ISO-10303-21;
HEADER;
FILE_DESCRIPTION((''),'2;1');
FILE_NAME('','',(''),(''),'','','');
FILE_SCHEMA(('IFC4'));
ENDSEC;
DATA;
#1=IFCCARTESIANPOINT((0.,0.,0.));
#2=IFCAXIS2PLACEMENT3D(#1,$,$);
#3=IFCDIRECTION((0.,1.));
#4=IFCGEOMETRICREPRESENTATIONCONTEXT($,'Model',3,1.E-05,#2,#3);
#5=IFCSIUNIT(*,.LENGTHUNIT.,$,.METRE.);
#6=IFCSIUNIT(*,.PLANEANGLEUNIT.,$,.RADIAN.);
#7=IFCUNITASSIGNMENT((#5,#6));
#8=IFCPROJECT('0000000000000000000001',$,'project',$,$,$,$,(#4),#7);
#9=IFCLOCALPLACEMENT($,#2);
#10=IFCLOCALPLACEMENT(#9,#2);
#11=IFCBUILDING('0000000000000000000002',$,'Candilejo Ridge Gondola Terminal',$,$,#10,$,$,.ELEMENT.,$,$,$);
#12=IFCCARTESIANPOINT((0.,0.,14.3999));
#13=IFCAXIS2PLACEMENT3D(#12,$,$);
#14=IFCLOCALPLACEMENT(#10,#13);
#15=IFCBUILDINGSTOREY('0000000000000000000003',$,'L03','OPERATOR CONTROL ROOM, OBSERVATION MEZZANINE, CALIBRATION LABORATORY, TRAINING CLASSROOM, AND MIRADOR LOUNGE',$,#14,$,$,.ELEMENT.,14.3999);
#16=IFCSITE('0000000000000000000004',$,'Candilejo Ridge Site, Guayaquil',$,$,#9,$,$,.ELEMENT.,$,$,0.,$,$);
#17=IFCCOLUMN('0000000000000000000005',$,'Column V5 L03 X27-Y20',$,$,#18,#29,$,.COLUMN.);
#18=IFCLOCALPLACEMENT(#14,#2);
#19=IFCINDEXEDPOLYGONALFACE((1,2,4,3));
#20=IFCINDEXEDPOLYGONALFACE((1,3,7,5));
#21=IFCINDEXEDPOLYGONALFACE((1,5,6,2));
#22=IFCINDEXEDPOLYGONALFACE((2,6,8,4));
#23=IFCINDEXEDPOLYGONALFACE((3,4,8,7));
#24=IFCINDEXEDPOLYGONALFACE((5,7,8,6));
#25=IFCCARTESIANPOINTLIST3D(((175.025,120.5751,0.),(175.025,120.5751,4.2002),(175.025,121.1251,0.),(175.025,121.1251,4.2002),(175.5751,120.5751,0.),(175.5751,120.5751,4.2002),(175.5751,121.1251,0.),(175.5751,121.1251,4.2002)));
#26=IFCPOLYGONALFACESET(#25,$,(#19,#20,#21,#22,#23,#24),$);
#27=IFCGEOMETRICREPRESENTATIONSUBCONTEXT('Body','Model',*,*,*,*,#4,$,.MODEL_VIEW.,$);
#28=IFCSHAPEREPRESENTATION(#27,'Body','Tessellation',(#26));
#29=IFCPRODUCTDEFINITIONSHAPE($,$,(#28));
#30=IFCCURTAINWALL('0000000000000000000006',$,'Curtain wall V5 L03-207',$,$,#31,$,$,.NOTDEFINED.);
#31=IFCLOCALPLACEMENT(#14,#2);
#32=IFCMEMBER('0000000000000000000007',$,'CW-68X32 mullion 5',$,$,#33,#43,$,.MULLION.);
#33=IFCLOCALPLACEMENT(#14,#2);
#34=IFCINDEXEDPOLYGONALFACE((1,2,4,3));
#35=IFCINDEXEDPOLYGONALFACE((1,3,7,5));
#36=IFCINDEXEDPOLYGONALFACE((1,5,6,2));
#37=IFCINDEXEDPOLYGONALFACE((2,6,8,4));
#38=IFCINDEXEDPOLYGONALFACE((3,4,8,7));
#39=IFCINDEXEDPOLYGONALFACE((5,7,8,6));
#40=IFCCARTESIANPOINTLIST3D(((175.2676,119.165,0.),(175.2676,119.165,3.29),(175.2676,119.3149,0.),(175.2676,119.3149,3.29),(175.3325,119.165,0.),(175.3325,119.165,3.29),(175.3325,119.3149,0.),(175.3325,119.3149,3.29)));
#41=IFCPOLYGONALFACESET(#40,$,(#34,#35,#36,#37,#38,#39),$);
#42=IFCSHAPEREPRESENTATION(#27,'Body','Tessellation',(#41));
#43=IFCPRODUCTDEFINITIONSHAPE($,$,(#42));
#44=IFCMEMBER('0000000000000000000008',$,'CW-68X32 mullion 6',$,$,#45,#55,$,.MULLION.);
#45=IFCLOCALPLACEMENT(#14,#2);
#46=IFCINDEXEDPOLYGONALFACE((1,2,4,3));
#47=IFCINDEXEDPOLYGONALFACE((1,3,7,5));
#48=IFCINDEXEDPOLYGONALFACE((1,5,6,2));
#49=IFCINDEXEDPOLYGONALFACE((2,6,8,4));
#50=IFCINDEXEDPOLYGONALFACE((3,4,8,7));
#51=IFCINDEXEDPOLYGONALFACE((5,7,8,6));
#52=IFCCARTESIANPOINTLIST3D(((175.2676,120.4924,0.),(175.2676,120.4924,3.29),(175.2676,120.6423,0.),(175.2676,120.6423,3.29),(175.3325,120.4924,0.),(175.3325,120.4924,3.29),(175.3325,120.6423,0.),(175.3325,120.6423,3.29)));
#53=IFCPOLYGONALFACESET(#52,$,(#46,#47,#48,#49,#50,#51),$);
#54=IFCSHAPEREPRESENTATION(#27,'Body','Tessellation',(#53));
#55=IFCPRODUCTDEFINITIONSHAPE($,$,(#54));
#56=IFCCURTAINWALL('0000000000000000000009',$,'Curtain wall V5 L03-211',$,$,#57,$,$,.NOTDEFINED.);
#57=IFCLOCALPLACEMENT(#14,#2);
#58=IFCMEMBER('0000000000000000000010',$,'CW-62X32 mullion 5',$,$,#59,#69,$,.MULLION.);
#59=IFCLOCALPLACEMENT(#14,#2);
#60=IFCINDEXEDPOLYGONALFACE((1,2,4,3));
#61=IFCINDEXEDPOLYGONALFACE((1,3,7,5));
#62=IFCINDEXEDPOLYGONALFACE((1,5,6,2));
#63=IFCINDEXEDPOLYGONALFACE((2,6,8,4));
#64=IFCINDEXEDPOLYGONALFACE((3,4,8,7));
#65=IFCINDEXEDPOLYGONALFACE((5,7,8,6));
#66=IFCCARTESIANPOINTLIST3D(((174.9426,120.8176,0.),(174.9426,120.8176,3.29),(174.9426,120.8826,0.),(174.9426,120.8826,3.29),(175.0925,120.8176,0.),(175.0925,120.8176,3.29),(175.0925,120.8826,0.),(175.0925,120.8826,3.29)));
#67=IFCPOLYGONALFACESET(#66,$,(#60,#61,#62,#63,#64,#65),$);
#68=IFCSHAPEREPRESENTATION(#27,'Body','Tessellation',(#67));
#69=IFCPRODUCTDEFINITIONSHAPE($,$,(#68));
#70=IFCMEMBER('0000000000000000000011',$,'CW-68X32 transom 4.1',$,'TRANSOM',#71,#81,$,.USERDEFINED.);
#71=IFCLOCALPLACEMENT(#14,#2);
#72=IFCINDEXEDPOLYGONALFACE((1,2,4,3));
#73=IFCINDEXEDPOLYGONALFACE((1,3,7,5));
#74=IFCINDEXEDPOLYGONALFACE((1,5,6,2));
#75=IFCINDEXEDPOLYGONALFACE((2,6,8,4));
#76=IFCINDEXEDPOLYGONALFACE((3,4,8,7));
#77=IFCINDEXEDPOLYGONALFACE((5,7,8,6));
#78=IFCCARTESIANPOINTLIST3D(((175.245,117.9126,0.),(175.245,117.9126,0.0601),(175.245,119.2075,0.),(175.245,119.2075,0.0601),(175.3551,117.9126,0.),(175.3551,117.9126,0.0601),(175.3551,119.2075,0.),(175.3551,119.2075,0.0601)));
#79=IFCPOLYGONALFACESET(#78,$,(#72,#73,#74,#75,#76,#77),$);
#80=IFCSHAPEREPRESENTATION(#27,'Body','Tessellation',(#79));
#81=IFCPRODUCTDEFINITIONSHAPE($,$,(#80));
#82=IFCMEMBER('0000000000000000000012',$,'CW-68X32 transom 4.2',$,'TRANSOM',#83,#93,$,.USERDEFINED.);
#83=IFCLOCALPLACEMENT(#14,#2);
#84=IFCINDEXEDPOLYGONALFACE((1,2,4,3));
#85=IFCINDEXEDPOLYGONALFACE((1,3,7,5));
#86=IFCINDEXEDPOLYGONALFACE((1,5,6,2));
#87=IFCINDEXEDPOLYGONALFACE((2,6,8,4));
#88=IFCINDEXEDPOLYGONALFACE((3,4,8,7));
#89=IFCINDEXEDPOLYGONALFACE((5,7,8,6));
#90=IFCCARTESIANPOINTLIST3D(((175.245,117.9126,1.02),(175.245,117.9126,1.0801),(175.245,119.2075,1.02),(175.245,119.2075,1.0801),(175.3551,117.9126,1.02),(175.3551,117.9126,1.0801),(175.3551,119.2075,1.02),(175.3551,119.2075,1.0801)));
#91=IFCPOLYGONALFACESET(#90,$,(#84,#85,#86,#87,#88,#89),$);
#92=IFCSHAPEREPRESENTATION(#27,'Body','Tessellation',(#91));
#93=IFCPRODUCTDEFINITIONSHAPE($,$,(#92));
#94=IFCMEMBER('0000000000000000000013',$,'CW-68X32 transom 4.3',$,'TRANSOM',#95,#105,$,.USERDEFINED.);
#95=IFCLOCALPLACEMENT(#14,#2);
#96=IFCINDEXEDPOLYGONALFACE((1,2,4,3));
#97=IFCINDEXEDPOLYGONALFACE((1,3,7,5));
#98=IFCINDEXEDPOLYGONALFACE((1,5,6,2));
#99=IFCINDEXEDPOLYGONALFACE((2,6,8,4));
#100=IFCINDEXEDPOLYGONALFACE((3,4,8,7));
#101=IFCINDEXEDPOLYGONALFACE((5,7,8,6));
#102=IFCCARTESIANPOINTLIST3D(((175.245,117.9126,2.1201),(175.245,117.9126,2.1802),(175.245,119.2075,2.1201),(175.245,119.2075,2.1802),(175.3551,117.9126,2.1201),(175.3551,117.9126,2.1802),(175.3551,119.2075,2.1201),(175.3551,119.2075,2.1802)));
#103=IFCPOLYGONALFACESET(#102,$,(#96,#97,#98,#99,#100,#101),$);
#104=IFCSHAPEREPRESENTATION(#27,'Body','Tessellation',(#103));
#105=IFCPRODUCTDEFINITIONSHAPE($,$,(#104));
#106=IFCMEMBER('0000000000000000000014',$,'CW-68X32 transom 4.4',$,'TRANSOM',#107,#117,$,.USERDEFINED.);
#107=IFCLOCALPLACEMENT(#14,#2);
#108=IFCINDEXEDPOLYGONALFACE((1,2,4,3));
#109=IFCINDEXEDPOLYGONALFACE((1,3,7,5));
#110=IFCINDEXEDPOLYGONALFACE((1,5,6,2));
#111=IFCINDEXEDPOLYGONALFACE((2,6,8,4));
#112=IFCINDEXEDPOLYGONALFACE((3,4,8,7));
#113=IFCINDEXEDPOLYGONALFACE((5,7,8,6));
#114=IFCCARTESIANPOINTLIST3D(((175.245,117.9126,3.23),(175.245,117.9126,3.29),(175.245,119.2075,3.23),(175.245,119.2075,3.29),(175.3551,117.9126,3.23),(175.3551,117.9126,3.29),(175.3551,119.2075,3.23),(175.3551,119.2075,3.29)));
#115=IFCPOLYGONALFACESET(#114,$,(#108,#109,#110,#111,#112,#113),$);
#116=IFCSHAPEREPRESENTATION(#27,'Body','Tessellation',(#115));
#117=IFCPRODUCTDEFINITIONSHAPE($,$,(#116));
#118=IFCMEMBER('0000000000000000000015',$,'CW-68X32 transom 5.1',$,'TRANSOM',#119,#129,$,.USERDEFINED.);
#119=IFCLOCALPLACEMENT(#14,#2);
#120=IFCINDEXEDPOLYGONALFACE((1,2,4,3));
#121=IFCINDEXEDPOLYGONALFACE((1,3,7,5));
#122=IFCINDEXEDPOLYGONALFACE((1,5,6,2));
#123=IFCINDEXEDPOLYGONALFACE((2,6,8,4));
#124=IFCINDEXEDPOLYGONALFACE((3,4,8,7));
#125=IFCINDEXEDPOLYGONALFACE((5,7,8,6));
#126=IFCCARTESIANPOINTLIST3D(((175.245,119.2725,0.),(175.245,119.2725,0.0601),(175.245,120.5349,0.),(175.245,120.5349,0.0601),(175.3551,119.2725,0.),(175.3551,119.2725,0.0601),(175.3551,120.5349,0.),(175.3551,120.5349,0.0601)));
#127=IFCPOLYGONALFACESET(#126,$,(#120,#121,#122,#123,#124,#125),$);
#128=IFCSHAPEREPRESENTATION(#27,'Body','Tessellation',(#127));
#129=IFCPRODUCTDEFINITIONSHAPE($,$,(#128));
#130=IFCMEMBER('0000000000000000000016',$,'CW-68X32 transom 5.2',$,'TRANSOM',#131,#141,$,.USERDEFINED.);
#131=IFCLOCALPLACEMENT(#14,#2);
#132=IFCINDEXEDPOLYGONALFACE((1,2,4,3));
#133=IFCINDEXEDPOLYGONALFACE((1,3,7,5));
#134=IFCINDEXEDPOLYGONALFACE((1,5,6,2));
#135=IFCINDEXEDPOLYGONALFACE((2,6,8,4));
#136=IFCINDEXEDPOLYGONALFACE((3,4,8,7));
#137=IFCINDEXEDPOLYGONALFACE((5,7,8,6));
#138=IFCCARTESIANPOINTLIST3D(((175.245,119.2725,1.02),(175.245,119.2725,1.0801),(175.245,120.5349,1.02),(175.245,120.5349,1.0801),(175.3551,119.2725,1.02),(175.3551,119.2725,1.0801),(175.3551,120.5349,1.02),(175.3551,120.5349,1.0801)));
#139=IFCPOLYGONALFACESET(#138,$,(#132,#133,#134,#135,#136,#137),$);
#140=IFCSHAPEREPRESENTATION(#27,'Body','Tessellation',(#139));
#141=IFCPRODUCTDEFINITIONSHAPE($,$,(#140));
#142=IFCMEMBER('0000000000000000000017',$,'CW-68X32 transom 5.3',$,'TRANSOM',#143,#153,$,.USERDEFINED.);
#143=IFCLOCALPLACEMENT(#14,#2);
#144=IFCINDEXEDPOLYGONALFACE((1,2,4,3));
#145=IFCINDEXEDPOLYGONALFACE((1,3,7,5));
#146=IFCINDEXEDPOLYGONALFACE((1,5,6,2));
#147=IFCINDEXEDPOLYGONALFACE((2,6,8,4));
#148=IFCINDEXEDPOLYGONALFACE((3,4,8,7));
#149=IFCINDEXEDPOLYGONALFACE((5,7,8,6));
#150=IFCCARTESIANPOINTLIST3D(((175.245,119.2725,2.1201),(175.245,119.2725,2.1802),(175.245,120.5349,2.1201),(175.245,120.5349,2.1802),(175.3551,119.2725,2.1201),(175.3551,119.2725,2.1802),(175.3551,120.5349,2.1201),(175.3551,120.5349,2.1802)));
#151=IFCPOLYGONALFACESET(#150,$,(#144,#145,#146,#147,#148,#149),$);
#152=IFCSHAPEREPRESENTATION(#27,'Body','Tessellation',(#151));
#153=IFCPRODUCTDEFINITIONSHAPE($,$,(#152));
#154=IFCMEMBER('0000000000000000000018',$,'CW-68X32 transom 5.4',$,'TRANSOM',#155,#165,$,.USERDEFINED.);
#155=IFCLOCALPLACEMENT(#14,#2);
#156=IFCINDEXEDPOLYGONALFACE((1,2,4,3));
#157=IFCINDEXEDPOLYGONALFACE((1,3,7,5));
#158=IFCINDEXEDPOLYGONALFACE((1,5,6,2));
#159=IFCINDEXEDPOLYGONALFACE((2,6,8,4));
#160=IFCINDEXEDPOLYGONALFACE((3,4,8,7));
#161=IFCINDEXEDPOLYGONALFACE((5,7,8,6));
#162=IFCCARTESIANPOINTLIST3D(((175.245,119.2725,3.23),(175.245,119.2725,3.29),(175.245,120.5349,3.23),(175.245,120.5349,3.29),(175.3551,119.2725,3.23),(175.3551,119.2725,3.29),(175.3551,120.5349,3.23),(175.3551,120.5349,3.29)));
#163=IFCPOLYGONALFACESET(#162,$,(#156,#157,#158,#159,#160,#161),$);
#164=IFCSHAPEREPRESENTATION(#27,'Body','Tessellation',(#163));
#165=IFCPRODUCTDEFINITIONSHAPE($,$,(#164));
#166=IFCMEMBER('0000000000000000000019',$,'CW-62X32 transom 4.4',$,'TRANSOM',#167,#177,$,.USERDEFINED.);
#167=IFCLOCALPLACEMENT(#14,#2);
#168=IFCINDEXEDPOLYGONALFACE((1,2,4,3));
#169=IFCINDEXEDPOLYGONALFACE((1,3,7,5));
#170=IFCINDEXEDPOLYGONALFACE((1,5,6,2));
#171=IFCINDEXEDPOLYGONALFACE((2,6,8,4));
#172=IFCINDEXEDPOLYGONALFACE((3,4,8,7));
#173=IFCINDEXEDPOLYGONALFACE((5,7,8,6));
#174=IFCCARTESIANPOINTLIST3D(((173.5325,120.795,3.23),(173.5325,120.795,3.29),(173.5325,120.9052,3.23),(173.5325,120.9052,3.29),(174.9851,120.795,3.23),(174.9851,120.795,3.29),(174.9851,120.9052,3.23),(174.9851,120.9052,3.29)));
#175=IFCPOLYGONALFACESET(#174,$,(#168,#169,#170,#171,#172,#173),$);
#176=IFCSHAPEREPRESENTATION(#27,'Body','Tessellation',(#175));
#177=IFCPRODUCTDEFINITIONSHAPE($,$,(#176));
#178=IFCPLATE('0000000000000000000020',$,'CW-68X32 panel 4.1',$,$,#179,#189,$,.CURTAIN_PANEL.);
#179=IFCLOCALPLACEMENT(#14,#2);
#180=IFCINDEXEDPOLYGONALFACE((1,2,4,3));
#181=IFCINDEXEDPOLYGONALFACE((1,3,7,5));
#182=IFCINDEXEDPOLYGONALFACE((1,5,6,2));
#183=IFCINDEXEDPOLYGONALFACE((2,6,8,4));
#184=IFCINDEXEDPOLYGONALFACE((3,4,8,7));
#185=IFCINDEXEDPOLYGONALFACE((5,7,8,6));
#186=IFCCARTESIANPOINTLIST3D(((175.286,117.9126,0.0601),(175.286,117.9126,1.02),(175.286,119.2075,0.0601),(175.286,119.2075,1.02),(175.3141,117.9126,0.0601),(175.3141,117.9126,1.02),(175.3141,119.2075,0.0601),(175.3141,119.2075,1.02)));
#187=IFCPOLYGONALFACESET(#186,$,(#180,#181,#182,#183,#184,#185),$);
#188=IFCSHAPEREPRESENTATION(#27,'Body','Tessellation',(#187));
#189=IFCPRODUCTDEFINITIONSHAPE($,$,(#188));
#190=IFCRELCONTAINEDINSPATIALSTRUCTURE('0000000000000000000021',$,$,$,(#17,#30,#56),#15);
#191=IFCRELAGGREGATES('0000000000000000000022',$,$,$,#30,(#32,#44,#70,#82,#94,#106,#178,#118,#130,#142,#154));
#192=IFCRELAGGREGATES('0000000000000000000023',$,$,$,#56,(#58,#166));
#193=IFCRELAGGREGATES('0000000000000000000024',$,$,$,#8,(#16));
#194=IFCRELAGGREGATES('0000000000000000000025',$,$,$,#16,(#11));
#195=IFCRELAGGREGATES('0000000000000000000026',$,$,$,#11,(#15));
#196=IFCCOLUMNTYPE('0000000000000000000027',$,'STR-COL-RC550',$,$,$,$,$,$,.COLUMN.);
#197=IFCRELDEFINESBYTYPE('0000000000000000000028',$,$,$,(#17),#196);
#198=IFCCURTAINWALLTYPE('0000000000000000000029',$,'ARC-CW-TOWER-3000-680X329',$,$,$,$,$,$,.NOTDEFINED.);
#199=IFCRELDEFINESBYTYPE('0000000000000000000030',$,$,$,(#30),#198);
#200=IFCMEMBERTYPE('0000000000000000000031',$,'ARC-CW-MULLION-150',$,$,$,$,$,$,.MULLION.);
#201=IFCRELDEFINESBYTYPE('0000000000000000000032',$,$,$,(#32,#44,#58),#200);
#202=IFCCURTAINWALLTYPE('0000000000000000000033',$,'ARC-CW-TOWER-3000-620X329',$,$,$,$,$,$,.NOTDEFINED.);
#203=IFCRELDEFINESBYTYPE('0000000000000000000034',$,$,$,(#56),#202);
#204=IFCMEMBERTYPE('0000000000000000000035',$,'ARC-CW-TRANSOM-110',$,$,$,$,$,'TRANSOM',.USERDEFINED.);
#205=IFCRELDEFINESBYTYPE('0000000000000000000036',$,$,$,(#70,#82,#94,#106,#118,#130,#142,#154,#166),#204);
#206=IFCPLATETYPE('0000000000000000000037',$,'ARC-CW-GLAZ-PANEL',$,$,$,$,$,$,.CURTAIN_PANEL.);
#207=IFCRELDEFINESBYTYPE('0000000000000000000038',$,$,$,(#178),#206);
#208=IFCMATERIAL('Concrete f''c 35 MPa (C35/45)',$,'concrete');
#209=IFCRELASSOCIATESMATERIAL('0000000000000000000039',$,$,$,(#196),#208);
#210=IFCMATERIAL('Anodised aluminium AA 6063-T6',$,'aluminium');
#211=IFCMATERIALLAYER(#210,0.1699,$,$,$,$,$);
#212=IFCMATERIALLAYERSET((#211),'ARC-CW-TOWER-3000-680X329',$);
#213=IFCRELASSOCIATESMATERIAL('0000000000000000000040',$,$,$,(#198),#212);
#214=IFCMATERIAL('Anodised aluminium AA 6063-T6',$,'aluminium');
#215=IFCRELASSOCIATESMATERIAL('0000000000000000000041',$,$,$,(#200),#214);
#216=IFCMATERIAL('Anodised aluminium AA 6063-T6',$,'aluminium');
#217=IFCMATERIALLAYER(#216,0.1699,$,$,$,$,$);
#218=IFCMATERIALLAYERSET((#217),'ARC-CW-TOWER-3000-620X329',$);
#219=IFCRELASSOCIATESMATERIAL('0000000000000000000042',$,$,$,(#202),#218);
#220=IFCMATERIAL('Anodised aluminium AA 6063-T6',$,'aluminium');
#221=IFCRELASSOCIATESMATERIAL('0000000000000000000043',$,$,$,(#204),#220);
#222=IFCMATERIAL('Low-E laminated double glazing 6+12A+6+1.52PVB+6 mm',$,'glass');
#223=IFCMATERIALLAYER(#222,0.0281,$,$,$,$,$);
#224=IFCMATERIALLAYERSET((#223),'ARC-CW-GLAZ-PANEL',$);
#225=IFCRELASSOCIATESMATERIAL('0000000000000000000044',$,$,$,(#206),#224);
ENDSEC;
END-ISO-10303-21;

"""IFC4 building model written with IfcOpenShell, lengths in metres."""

from ifc_helpers import new_model, si_unit, direction, frame, origin, origin_2d, place, context, subcontext, project, spatial, rectangle, extrude, material, layer, layer_set, material_profile, profile_set, type_object, element, aggregate, save


model = new_model("IFC4")

# Units and contexts
model_context = context("Model", 3, precision=1e-05, world=origin(), true_north=direction((0.0, 1.0)))
body_context = subcontext(model_context, "Body", "Model", "MODEL_VIEW")
ifc_project = project(units=[si_unit("LENGTHUNIT", "METRE"), si_unit("PLANEANGLEUNIT", "RADIAN")], contexts=[model_context])

# Site, building, storey
site_placement = place(None, origin())
site = spatial("IfcSite", under=ifc_project, at=site_placement, Name="Candilejo Ridge Site, Guayaquil", CompositionType="ELEMENT", RefElevation=0.0)
building_placement = place(site_placement, origin())
building = spatial("IfcBuilding", under=site, at=building_placement, Name="Candilejo Ridge Gondola Terminal", CompositionType="ELEMENT")
storey_placement = place(building_placement, frame((0.0, 0.0, 14.3999)))
storey = spatial("IfcBuildingStorey", under=building, at=storey_placement, Name="L03", Description="OPERATOR CONTROL ROOM, OBSERVATION MEZZANINE, CALIBRATION LABORATORY, TRAINING CLASSROOM, AND MIRADOR LOUNGE", CompositionType="ELEMENT", Elevation=14.3999)

# Column
ifc_material_1 = material(Name="Concrete f'c 35 MPa (C35/45)", Category="concrete")
ifc_material_profile_1 = material_profile(ifc_material_1, rectangle(XDim=0.55, YDim=0.55, at=origin_2d()))
ifc_profile_set_1 = profile_set([ifc_material_profile_1], Name="Concrete f'c 35 MPa (C35/45)")
column_type = type_object("IfcColumnType", Name="STR-COL-RC550", PredefinedType="COLUMN", material=ifc_profile_set_1)
column_placement = place(storey_placement, frame((175.3, 120.8501, 0.0), z_axis=(0.0, 0.0, 1.0), x_axis=(1.0, 0.0, 0.0)))
element("IfcColumn", 1, at=column_placement, inside=storey, type_object=column_type, Name="Column V5 L03 X27-Y20", PredefinedType="COLUMN", context=body_context, shape_type="SweptSolid", body=[
    extrude(rectangle(XDim=0.55, YDim=0.55, at=origin_2d()), origin(), (0.0, 0.0, 1.0), 4.2002),
])

# Curtain wall, members
ifc_material_2 = material(Name="Anodised aluminium AA 6063-T6", Category="aluminium")
ifc_layer_1 = layer(ifc_material_2, 0.1699)
ifc_layer_set_1 = layer_set([ifc_layer_1], Name="ARC-CW-TOWER-3000-680X329")
curtain_wall_type_1 = type_object("IfcCurtainWallType", Name="ARC-CW-TOWER-3000-680X329", PredefinedType="NOTDEFINED", material=ifc_layer_set_1)
curtain_wall_1_placement = place(storey_placement, origin())
curtain_wall_1 = element("IfcCurtainWall", 2, at=curtain_wall_1_placement, inside=storey, type_object=curtain_wall_type_1, Name="Curtain wall V5 L03-207", PredefinedType="NOTDEFINED")
ifc_material_3 = material(Name="Anodised aluminium AA 6063-T6", Category="aluminium")
ifc_material_profile_2 = material_profile(ifc_material_3, rectangle(XDim=0.0649, YDim=0.1499, at=origin_2d()))
ifc_profile_set_2 = profile_set([ifc_material_profile_2], Name="Anodised aluminium AA 6063-T6")
member_type_1 = type_object("IfcMemberType", Name="ARC-CW-MULLION-150", PredefinedType="MULLION", material=ifc_profile_set_2)
member_1_placement = place(storey_placement, frame((175.3, 119.24, 0.0), z_axis=(0.0, 0.0, 1.0), x_axis=(-1.0, 0.0, 0.0)))
member_1 = element("IfcMember", 3, at=member_1_placement, type_object=member_type_1, Name="CW-68X32 mullion 5", PredefinedType="MULLION", context=body_context, shape_type="SweptSolid", body=[
    extrude(rectangle(XDim=0.0649, YDim=0.1499, at=origin_2d()), origin(), (0.0, 0.0, 1.0), 3.29),
])
member_2_placement = place(storey_placement, frame((175.3, 120.5674, 0.0), z_axis=(0.0, 0.0, 1.0), x_axis=(-1.0, 0.0, 0.0)))
member_2 = element("IfcMember", 4, at=member_2_placement, type_object=member_type_1, Name="CW-68X32 mullion 6", PredefinedType="MULLION", context=body_context, shape_type="SweptSolid", body=[
    extrude(rectangle(XDim=0.0649, YDim=0.1499, at=origin_2d()), origin(), (0.0, 0.0, 1.0), 3.29),
])

# Curtain wall, member
ifc_material_4 = material(Name="Anodised aluminium AA 6063-T6", Category="aluminium")
ifc_layer_2 = layer(ifc_material_4, 0.1699)
ifc_layer_set_2 = layer_set([ifc_layer_2], Name="ARC-CW-TOWER-3000-620X329")
curtain_wall_type_2 = type_object("IfcCurtainWallType", Name="ARC-CW-TOWER-3000-620X329", PredefinedType="NOTDEFINED", material=ifc_layer_set_2)
curtain_wall_2_placement = place(storey_placement, origin())
curtain_wall_2 = element("IfcCurtainWall", 5, at=curtain_wall_2_placement, inside=storey, type_object=curtain_wall_type_2, Name="Curtain wall V5 L03-211", PredefinedType="NOTDEFINED")
member_3_placement = place(storey_placement, frame((175.0176, 120.8501, 0.0), z_axis=(0.0, 0.0, 1.0), x_axis=(0.0, 1.0, 0.0)))
member_3 = element("IfcMember", 6, at=member_3_placement, type_object=member_type_1, Name="CW-62X32 mullion 5", PredefinedType="MULLION", context=body_context, shape_type="SweptSolid", body=[
    extrude(rectangle(XDim=0.0649, YDim=0.1499, at=origin_2d()), origin(), (0.0, 0.0, 1.0), 3.29),
])

# Members
ifc_material_5 = material(Name="Anodised aluminium AA 6063-T6", Category="aluminium")
ifc_material_profile_3 = material_profile(ifc_material_5, rectangle(XDim=0.1101, YDim=0.0601, at=origin_2d()))
ifc_profile_set_3 = profile_set([ifc_material_profile_3], Name="Anodised aluminium AA 6063-T6")
member_type_2 = type_object("IfcMemberType", Name="ARC-CW-TRANSOM-110", ElementType="TRANSOM", PredefinedType="USERDEFINED", material=ifc_profile_set_3)
member_4_placement = place(storey_placement, frame((175.3, 117.9126, 0.03), z_axis=(0.0, 1.0, 0.0), x_axis=(-1.0, 0.0, 0.0)))
member_4 = element("IfcMember", 7, at=member_4_placement, type_object=member_type_2, Name="CW-68X32 transom 4.1", ObjectType="TRANSOM", PredefinedType="USERDEFINED", context=body_context, shape_type="SweptSolid", body=[
    extrude(rectangle(XDim=0.1101, YDim=0.0601, at=origin_2d()), origin(), (0.0, 0.0, 1.0), 1.2949),
])
member_5_placement = place(storey_placement, frame((175.3, 117.9126, 1.05), z_axis=(0.0, 1.0, 0.0), x_axis=(-1.0, 0.0, 0.0)))
member_5 = element("IfcMember", 8, at=member_5_placement, type_object=member_type_2, Name="CW-68X32 transom 4.2", ObjectType="TRANSOM", PredefinedType="USERDEFINED", context=body_context, shape_type="SweptSolid", body=[
    extrude(rectangle(XDim=0.1101, YDim=0.0601, at=origin_2d()), origin(), (0.0, 0.0, 1.0), 1.2949),
])
member_6_placement = place(storey_placement, frame((175.3, 117.9126, 2.1501), z_axis=(0.0, 1.0, 0.0), x_axis=(-1.0, 0.0, 0.0)))
member_6 = element("IfcMember", 9, at=member_6_placement, type_object=member_type_2, Name="CW-68X32 transom 4.3", ObjectType="TRANSOM", PredefinedType="USERDEFINED", context=body_context, shape_type="SweptSolid", body=[
    extrude(rectangle(XDim=0.1101, YDim=0.0601, at=origin_2d()), origin(), (0.0, 0.0, 1.0), 1.2949),
])
member_7_placement = place(storey_placement, frame((175.3, 117.9126, 3.26), z_axis=(0.0, 1.0, 0.0), x_axis=(-1.0, 0.0, 0.0)))
member_7 = element("IfcMember", 10, at=member_7_placement, type_object=member_type_2, Name="CW-68X32 transom 4.4", ObjectType="TRANSOM", PredefinedType="USERDEFINED", context=body_context, shape_type="SweptSolid", body=[
    extrude(rectangle(XDim=0.1101, YDim=0.0601, at=origin_2d()), origin(), (0.0, 0.0, 1.0), 1.2949),
])
member_8_placement = place(storey_placement, frame((175.3, 119.2725, 0.03), z_axis=(0.0, 1.0, 0.0), x_axis=(-1.0, 0.0, 0.0)))
member_8 = element("IfcMember", 11, at=member_8_placement, type_object=member_type_2, Name="CW-68X32 transom 5.1", ObjectType="TRANSOM", PredefinedType="USERDEFINED", context=body_context, shape_type="SweptSolid", body=[
    extrude(rectangle(XDim=0.1101, YDim=0.0601, at=origin_2d()), origin(), (0.0, 0.0, 1.0), 1.2625),
])
member_9_placement = place(storey_placement, frame((175.3, 119.2725, 1.05), z_axis=(0.0, 1.0, 0.0), x_axis=(-1.0, 0.0, 0.0)))
member_9 = element("IfcMember", 12, at=member_9_placement, type_object=member_type_2, Name="CW-68X32 transom 5.2", ObjectType="TRANSOM", PredefinedType="USERDEFINED", context=body_context, shape_type="SweptSolid", body=[
    extrude(rectangle(XDim=0.1101, YDim=0.0601, at=origin_2d()), origin(), (0.0, 0.0, 1.0), 1.2625),
])
member_10_placement = place(storey_placement, frame((175.3, 119.2725, 2.1501), z_axis=(0.0, 1.0, 0.0), x_axis=(-1.0, 0.0, 0.0)))
member_10 = element("IfcMember", 13, at=member_10_placement, type_object=member_type_2, Name="CW-68X32 transom 5.3", ObjectType="TRANSOM", PredefinedType="USERDEFINED", context=body_context, shape_type="SweptSolid", body=[
    extrude(rectangle(XDim=0.1101, YDim=0.0601, at=origin_2d()), origin(), (0.0, 0.0, 1.0), 1.2625),
])
member_11_placement = place(storey_placement, frame((175.3, 119.2725, 3.26), z_axis=(0.0, 1.0, 0.0), x_axis=(-1.0, 0.0, 0.0)))
member_11 = element("IfcMember", 14, at=member_11_placement, type_object=member_type_2, Name="CW-68X32 transom 5.4", ObjectType="TRANSOM", PredefinedType="USERDEFINED", context=body_context, shape_type="SweptSolid", body=[
    extrude(rectangle(XDim=0.1101, YDim=0.0601, at=origin_2d()), origin(), (0.0, 0.0, 1.0), 1.2625),
])
member_12_placement = place(storey_placement, frame((173.5325, 120.8501, 3.26), z_axis=(1.0, 0.0, 0.0), x_axis=(0.0, 1.0, 0.0)))
member_12 = element("IfcMember", 15, at=member_12_placement, type_object=member_type_2, Name="CW-62X32 transom 4.4", ObjectType="TRANSOM", PredefinedType="USERDEFINED", context=body_context, shape_type="SweptSolid", body=[
    extrude(rectangle(XDim=0.1101, YDim=0.0601, at=origin_2d()), origin(), (0.0, 0.0, 1.0), 1.4526),
])

# Plate
ifc_material_6 = material(Name="Low-E laminated double glazing 6+12A+6+1.52PVB+6 mm", Category="glass")
ifc_layer_3 = layer(ifc_material_6, 0.0281)
ifc_layer_set_3 = layer_set([ifc_layer_3], Name="ARC-CW-GLAZ-PANEL")
plate_type = type_object("IfcPlateType", Name="ARC-CW-GLAZ-PANEL", PredefinedType="CURTAIN_PANEL", material=ifc_layer_set_3)
plate_1_placement = place(storey_placement, frame((175.3, 118.5601, 0.0601), z_axis=(0.0, 0.0, 1.0), x_axis=(0.0, 1.0, 0.0)))
plate_1 = element("IfcPlate", 16, at=plate_1_placement, type_object=plate_type, Name="CW-68X32 panel 4.1", PredefinedType="CURTAIN_PANEL", context=body_context, shape_type="SweptSolid", body=[
    extrude(rectangle(XDim=1.2949, YDim=0.0281, at=origin_2d()), origin(), (0.0, 0.0, 1.0), 0.96),
])
aggregate(curtain_wall_1, [member_1, member_2, member_4, member_5, member_6, member_7, plate_1, member_8, member_9, member_10, member_11])
aggregate(curtain_wall_2, [member_3, member_12])

save(model, "model.ifc")
